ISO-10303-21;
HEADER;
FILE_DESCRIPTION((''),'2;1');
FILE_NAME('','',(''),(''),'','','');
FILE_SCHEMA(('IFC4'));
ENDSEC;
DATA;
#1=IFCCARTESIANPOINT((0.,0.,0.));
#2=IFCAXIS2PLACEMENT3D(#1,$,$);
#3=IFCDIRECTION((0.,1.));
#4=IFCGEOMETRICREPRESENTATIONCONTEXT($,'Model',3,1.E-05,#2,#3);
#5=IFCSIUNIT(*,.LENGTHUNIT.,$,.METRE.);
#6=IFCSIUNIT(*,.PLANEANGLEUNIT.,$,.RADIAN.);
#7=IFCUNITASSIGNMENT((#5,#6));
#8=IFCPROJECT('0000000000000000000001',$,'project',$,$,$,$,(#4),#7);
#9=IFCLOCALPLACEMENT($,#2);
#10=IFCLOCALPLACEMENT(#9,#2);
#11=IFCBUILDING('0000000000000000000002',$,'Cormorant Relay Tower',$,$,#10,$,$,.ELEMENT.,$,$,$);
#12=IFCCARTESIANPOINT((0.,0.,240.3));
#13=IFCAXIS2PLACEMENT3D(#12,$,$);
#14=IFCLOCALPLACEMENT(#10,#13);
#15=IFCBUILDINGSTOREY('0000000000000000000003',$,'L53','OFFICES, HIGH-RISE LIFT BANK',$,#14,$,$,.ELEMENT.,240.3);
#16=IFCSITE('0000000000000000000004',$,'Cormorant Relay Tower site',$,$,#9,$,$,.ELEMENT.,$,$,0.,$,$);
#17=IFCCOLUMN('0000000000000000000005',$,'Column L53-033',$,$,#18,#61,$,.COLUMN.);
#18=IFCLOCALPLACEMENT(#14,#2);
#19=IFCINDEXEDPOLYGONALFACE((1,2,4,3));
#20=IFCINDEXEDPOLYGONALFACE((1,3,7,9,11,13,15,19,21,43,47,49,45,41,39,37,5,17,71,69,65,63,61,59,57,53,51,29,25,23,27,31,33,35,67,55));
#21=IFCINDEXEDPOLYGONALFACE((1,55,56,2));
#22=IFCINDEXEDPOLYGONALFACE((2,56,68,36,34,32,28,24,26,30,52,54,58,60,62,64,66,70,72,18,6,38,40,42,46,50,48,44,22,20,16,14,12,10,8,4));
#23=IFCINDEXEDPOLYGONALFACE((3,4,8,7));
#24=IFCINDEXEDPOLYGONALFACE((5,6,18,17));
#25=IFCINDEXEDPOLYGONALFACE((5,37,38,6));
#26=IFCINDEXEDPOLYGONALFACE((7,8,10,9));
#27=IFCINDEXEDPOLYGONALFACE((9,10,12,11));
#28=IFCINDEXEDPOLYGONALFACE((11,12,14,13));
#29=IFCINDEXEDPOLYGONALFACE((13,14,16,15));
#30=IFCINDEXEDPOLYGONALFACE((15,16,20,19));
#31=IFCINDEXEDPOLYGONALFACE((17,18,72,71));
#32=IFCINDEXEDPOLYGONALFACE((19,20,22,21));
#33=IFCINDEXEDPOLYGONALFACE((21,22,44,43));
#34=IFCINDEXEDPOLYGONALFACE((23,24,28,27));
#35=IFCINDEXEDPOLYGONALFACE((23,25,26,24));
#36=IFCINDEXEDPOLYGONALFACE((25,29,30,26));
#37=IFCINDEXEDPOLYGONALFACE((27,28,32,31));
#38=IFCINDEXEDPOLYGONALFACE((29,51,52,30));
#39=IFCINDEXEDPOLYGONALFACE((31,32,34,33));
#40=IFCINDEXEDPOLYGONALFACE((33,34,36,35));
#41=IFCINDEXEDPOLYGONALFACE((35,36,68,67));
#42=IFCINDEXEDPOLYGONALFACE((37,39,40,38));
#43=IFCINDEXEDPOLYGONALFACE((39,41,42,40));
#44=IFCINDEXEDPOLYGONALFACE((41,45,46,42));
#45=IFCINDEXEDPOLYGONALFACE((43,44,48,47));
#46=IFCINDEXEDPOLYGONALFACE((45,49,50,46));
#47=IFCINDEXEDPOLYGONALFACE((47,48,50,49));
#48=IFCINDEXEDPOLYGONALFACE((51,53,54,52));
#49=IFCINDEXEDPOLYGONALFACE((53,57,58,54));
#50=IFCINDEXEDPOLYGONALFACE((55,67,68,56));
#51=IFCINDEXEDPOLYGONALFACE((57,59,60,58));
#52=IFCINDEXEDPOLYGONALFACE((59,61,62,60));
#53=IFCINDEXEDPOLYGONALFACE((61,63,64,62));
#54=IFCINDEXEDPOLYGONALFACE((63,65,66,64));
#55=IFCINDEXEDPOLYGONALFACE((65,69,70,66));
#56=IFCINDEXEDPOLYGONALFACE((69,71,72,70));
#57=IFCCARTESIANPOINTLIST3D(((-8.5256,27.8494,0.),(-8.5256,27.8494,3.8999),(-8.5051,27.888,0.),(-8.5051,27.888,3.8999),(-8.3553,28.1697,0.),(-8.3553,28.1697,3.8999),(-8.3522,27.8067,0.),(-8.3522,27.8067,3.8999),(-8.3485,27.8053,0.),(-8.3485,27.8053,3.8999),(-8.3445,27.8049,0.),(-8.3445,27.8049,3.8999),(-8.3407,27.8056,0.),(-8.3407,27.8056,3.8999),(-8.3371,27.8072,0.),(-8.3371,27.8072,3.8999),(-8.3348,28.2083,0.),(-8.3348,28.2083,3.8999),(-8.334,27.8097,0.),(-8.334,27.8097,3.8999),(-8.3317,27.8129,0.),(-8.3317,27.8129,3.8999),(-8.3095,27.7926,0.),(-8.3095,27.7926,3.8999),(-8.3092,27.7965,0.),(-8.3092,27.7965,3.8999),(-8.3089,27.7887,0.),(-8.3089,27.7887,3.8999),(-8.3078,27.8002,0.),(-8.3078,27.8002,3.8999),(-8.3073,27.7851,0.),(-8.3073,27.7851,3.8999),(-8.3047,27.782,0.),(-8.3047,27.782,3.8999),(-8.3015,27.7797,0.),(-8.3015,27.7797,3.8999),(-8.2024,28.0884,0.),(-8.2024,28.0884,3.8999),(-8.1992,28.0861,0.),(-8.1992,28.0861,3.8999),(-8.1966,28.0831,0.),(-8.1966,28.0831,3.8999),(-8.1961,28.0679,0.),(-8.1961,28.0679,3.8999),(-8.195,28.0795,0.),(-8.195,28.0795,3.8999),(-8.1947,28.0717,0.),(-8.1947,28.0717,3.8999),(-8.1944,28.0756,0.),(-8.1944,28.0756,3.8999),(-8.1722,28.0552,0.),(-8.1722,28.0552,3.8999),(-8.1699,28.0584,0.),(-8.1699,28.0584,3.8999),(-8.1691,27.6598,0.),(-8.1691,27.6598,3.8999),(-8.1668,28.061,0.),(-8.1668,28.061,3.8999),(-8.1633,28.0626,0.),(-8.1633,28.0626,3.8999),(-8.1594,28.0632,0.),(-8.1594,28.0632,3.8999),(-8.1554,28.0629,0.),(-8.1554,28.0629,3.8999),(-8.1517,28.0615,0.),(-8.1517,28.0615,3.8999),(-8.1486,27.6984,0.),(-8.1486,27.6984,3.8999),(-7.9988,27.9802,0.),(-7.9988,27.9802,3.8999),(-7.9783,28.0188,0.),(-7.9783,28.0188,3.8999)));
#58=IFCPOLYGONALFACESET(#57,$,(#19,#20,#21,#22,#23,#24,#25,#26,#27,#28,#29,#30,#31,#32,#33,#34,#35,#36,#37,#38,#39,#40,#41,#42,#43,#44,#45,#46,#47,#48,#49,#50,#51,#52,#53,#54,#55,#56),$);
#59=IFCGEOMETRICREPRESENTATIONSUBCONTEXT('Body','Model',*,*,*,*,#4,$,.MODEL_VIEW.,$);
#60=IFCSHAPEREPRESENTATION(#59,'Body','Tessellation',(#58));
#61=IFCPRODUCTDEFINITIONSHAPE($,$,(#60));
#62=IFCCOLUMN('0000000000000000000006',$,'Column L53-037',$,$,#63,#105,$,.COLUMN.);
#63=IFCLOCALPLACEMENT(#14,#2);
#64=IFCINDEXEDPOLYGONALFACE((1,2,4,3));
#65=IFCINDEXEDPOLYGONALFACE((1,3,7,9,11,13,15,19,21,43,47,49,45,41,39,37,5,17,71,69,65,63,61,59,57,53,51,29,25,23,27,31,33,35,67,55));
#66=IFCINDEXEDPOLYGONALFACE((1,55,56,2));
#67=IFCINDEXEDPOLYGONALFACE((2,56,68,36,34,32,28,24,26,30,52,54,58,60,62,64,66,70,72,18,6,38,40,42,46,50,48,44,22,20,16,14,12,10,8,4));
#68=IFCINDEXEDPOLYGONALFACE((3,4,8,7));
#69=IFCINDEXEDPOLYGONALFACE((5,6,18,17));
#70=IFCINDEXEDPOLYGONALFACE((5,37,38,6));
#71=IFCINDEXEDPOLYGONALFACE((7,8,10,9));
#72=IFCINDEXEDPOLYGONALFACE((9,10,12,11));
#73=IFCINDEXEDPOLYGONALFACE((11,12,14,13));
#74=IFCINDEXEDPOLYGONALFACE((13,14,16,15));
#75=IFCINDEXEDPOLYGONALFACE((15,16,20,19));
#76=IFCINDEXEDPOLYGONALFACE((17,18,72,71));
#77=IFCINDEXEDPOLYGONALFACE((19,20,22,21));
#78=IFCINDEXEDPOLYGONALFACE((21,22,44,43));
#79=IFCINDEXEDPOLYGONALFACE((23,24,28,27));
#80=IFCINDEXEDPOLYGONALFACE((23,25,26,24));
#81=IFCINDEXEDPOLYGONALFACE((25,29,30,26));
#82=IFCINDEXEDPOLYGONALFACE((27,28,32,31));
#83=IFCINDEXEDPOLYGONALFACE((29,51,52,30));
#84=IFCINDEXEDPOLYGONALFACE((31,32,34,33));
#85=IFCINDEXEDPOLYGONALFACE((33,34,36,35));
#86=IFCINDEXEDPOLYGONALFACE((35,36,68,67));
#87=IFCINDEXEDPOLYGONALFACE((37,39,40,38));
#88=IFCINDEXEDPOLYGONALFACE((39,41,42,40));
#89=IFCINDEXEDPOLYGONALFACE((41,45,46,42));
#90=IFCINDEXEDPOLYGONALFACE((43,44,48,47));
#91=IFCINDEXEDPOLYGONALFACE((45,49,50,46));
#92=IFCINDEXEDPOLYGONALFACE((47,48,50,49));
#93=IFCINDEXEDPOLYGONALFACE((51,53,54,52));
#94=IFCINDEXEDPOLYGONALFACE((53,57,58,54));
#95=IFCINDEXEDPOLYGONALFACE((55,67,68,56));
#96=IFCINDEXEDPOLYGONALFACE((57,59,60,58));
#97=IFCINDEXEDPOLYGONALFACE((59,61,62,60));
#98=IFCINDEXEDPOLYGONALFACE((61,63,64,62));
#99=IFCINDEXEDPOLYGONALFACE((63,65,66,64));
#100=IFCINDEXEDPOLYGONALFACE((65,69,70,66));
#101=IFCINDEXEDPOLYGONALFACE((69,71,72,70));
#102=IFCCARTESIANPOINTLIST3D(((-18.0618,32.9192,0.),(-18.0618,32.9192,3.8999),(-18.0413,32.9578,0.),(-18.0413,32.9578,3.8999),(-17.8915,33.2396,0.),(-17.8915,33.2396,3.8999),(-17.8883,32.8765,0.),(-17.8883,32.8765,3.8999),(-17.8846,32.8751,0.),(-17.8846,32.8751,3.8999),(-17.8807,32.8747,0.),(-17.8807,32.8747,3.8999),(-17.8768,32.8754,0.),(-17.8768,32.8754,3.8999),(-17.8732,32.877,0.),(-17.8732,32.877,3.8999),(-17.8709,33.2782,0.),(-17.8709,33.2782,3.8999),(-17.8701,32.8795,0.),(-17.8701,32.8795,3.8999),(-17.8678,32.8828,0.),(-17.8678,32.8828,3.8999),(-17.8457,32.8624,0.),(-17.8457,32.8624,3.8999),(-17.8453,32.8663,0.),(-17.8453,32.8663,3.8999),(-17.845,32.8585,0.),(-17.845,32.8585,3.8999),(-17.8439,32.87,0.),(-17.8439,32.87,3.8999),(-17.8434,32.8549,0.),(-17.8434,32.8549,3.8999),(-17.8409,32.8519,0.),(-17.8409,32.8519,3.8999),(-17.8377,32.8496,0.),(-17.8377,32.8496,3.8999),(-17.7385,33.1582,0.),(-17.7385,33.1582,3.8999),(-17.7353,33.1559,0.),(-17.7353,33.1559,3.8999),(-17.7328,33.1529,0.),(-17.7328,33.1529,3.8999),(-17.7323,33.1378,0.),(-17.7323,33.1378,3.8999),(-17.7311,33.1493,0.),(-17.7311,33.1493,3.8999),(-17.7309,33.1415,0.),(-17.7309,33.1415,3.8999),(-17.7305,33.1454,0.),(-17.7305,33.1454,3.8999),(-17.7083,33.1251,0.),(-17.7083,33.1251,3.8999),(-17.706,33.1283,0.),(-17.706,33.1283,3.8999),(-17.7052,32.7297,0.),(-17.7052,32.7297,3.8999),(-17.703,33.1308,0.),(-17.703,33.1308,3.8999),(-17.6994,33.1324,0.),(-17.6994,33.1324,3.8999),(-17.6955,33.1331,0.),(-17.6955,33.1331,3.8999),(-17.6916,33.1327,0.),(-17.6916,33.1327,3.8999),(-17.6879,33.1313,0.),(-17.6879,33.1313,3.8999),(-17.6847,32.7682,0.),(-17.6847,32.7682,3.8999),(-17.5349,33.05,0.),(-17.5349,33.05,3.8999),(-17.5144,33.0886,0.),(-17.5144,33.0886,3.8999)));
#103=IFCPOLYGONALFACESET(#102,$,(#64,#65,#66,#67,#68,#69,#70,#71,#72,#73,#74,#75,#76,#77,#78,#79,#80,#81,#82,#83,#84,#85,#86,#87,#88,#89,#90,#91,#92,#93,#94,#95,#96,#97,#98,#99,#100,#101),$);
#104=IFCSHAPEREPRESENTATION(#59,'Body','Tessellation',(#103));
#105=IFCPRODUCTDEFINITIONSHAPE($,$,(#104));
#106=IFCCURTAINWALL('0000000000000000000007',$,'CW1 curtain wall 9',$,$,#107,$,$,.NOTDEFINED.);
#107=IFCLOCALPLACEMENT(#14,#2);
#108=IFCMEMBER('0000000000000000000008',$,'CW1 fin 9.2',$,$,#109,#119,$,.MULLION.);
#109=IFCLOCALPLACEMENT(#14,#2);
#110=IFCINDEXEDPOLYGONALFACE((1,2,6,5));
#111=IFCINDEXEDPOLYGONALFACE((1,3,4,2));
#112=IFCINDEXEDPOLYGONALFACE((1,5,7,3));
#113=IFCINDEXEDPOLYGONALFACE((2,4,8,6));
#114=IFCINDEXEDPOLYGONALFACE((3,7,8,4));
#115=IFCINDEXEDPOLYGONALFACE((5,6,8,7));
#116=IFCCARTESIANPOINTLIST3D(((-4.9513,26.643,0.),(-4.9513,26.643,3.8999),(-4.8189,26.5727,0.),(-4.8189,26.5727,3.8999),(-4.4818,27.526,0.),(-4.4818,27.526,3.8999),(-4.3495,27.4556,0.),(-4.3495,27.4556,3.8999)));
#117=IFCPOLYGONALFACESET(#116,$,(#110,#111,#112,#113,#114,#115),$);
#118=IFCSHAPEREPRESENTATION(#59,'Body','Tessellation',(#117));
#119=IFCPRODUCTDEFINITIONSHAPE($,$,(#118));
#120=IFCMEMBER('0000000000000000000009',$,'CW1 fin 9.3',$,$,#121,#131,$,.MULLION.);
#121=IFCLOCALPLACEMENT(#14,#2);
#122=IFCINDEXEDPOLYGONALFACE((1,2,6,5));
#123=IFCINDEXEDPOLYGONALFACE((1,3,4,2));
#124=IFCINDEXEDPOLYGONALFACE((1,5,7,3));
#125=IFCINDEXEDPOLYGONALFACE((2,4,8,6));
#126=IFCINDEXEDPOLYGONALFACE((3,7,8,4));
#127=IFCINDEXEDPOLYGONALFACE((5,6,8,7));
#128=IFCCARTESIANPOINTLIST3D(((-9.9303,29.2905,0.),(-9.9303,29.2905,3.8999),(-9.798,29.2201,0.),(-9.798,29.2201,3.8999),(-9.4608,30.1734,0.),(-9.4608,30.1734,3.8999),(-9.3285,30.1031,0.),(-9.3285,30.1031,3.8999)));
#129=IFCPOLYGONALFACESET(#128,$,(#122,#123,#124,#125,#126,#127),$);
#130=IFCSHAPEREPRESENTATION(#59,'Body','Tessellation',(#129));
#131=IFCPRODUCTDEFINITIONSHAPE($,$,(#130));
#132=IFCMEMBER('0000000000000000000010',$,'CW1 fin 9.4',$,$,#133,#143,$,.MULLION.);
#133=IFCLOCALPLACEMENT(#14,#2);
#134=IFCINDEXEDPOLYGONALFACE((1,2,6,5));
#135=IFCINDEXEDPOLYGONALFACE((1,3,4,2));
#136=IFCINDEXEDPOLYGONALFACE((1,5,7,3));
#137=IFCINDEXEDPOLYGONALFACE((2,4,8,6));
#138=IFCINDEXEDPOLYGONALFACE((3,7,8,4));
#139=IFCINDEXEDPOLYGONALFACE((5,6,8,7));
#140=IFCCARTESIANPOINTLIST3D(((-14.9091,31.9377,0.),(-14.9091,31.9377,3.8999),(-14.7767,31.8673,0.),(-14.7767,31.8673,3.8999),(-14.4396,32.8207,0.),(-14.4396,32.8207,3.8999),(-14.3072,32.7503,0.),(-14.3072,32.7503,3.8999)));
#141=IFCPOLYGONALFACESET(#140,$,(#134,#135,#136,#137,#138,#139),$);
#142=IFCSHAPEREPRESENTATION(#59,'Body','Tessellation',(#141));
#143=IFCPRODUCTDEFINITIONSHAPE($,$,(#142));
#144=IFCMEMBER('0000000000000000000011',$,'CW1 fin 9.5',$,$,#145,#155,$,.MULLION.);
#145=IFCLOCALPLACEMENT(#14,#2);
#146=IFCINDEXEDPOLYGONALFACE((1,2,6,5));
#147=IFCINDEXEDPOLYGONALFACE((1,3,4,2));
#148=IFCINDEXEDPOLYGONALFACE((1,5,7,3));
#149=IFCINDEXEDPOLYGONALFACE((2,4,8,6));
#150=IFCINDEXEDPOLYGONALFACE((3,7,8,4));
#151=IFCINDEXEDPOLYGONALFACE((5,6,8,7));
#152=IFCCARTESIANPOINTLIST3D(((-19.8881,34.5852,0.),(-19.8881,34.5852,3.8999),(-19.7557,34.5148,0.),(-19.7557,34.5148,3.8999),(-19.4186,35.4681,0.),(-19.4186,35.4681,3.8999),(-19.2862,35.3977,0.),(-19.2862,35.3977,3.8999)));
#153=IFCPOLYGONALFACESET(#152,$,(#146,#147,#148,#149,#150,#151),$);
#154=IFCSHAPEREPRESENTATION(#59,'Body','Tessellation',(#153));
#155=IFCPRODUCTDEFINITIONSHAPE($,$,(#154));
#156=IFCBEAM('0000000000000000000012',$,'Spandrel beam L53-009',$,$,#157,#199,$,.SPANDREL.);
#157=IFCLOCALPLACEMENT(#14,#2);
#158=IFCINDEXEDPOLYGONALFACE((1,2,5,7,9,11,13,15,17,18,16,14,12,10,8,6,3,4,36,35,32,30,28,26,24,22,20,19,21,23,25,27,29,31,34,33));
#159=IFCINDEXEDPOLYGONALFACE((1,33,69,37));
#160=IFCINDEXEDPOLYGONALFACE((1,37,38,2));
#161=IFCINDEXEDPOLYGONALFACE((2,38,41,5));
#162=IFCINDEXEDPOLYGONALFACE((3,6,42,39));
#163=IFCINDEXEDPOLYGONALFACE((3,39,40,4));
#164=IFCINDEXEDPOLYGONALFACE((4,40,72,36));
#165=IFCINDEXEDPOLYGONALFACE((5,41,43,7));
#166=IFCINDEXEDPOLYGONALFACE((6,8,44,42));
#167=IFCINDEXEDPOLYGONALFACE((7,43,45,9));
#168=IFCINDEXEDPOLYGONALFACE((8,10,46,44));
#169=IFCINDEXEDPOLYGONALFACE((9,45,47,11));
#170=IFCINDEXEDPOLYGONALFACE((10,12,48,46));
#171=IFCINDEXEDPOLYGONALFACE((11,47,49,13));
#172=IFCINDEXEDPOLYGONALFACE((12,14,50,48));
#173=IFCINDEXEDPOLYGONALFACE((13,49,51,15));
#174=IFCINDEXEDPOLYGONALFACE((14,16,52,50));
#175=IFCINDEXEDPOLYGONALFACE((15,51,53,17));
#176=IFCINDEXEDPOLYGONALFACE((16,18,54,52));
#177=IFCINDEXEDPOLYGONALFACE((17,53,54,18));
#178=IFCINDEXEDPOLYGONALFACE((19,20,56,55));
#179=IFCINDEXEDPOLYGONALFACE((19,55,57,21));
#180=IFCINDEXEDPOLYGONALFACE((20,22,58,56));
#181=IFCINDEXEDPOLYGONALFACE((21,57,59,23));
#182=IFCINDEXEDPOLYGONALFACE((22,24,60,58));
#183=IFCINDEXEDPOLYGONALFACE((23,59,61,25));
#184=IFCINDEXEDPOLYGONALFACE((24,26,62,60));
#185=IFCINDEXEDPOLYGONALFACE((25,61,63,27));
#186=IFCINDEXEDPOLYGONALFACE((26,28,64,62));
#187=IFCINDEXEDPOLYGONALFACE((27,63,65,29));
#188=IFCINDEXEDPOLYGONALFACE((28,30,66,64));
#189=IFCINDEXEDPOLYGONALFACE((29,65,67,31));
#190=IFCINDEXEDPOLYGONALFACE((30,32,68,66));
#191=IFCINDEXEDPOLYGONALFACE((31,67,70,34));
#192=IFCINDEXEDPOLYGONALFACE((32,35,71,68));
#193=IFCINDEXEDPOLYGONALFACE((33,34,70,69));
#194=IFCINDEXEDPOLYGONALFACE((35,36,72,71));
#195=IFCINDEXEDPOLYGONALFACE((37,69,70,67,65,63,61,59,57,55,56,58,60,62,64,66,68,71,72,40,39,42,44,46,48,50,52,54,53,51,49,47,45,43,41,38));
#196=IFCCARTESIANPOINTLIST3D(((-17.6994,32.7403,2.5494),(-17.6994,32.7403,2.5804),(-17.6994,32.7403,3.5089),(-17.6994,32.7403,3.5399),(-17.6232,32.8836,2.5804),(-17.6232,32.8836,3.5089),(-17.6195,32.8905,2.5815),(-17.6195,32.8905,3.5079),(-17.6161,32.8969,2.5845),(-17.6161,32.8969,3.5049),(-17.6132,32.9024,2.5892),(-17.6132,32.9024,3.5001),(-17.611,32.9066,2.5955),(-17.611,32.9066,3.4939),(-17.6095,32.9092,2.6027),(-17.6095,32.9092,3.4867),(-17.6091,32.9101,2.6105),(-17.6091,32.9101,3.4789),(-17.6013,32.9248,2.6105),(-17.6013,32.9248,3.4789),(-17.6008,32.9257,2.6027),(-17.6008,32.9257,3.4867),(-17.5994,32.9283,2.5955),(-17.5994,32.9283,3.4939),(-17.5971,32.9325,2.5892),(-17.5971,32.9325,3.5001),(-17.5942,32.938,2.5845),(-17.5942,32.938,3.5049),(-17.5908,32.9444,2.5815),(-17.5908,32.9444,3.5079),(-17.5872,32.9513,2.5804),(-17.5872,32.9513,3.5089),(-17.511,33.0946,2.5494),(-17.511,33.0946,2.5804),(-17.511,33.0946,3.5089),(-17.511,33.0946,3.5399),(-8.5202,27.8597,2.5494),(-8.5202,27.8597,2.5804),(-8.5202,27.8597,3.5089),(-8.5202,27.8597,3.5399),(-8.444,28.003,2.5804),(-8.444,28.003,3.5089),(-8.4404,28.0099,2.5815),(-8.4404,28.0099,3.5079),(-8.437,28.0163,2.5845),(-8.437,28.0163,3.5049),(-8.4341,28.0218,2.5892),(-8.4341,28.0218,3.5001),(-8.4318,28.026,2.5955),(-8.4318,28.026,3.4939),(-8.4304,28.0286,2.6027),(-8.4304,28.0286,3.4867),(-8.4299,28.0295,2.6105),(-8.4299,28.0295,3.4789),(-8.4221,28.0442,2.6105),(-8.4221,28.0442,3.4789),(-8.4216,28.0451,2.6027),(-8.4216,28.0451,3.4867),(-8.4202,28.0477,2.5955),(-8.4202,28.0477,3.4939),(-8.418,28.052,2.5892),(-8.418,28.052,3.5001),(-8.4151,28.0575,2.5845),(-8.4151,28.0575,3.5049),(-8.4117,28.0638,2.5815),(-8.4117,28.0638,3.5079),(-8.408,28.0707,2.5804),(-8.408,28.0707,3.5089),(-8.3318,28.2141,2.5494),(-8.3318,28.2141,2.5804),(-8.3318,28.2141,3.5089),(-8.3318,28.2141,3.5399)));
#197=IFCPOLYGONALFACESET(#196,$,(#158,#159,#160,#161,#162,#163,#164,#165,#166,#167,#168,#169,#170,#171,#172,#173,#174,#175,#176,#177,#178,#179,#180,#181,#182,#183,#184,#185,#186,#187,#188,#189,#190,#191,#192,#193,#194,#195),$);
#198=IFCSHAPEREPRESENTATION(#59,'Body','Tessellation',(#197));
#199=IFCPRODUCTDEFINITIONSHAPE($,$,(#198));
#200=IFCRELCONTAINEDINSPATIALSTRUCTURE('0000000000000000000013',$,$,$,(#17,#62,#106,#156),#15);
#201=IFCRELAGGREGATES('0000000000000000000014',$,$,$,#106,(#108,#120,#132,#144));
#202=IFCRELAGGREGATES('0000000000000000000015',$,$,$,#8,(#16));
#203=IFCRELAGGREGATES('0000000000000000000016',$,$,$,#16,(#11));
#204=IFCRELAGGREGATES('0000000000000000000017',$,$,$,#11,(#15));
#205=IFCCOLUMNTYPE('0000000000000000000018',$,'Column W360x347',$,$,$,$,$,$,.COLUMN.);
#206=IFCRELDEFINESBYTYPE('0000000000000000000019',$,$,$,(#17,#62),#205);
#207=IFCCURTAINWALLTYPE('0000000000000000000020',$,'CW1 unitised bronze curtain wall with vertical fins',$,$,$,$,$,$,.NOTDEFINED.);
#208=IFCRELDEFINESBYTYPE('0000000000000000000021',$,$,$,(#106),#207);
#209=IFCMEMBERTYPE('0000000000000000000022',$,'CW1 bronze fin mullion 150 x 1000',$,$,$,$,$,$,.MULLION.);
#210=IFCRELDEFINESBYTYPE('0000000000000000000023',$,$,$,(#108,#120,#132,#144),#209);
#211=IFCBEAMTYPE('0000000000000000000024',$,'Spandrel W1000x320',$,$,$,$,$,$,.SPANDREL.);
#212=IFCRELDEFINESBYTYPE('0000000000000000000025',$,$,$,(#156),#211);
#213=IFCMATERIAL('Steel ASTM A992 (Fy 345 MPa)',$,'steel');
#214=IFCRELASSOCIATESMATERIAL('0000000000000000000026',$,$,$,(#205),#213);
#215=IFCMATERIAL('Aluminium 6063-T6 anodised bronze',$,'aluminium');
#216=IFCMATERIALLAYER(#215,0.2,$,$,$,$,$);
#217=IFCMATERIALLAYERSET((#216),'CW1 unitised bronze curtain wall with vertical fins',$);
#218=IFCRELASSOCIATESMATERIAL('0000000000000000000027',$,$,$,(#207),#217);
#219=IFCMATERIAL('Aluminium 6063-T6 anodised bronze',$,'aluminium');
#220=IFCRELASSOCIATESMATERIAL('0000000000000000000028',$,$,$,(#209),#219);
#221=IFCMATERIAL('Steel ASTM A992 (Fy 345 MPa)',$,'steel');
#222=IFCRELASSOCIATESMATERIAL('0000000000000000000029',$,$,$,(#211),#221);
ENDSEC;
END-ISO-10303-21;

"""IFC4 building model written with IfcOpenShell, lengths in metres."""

from ifc_helpers import new_model, si_unit, direction, frame, origin, origin_2d, place, context, subcontext, project, spatial, rectangle, i_section, extrude, material, layer, layer_set, material_profile, profile_set, type_object, element, aggregate, save


model = new_model("IFC4")

# Units and contexts
model_context = context("Model", 3, precision=1e-05, world=origin(), true_north=direction((0.0, 1.0)))
body_context = subcontext(model_context, "Body", "Model", "MODEL_VIEW")
ifc_project = project(units=[si_unit("LENGTHUNIT", "METRE"), si_unit("PLANEANGLEUNIT", "RADIAN")], contexts=[model_context])

# Site, building, storey
site_placement = place(None, origin())
site = spatial("IfcSite", under=ifc_project, at=site_placement, Name="Cormorant Relay Tower site", CompositionType="ELEMENT", RefElevation=0.0)
building_placement = place(site_placement, origin())
building = spatial("IfcBuilding", under=site, at=building_placement, Name="Cormorant Relay Tower", CompositionType="ELEMENT")
storey_placement = place(building_placement, frame((0.0, 0.0, 240.3)))
storey = spatial("IfcBuildingStorey", under=building, at=storey_placement, Name="L53", Description="OFFICES, HIGH-RISE LIFT BANK", CompositionType="ELEMENT", Elevation=240.3)

# Columns
ifc_material_1 = material(Name="Steel ASTM A992 (Fy 345 MPa)", Category="steel")
ifc_material_profile_1 = material_profile(ifc_material_1, i_section(OverallWidth=0.4038, OverallDepth=0.4065, WebThickness=0.0271, FlangeThickness=0.0437, FilletRadius=0.0151, at=origin_2d()), Name="W360x347")
ifc_profile_set_1 = profile_set([ifc_material_profile_1], Name="Steel ASTM A992 (Fy 345 MPa)")
column_type = type_object("IfcColumnType", Name="Column W360x347", PredefinedType="COLUMN", material=ifc_profile_set_1)
for number, where, z_axis, x_axis, name in (
    (1, (-8.252, 27.9341, 0.0), (0.0, 0.0, 1.0), (-0.882948, 0.469472, 0.0), "Column L53-033"),
    (2, (-17.7881, 33.0039, 0.0), (0.0, 0.0, 1.0), (-0.882948, 0.469472, 0.0), "Column L53-037"),
):
    element("IfcColumn", number, at=place(storey_placement, frame(where, z_axis=z_axis, x_axis=x_axis)), inside=storey, type_object=column_type, Name=name, PredefinedType="COLUMN", context=body_context, shape_type="SweptSolid", body=[
        extrude(i_section(OverallWidth=0.4038, OverallDepth=0.4065, WebThickness=0.0271, FlangeThickness=0.0437, FilletRadius=0.0151, at=origin_2d()), origin(), (0.0, 0.0, 1.0), 3.8999),
    ])

# Curtain wall, members
ifc_material_2 = material(Name="Aluminium 6063-T6 anodised bronze", Category="aluminium")
ifc_layer_1 = layer(ifc_material_2, 0.2)
ifc_layer_set_1 = layer_set([ifc_layer_1], Name="CW1 unitised bronze curtain wall with vertical fins")
curtain_wall_type = type_object("IfcCurtainWallType", Name="CW1 unitised bronze curtain wall with vertical fins", PredefinedType="NOTDEFINED", material=ifc_layer_set_1)
curtain_wall_placement = place(storey_placement, origin())
curtain_wall = element("IfcCurtainWall", 3, at=curtain_wall_placement, inside=storey, type_object=curtain_wall_type, Name="CW1 curtain wall 9", PredefinedType="NOTDEFINED")
ifc_material_3 = material(Name="Aluminium 6063-T6 anodised bronze", Category="aluminium")
ifc_material_profile_2 = material_profile(ifc_material_3, rectangle(XDim=0.1499, YDim=1.0, at=origin_2d()), Name="AL 150x1000")
ifc_profile_set_2 = profile_set([ifc_material_profile_2], Name="Aluminium 6063-T6 anodised bronze")
member_type = type_object("IfcMemberType", Name="CW1 bronze fin mullion 150 x 1000", PredefinedType="MULLION", material=ifc_profile_set_2)
member_1_placement = place(storey_placement, frame((-4.6504, 27.0493, 0.0), z_axis=(0.0, 0.0, 1.0), x_axis=(-0.882948, 0.469472, 0.0)))
member_1 = element("IfcMember", 4, at=member_1_placement, type_object=member_type, Name="CW1 fin 9.2", PredefinedType="MULLION", context=body_context, shape_type="SweptSolid", body=[
    extrude(rectangle(XDim=0.1499, YDim=1.0, at=origin_2d()), origin(), (0.0, 0.0, 1.0), 3.8999),
])
member_2_placement = place(storey_placement, frame((-9.6294, 29.6968, 0.0), z_axis=(0.0, 0.0, 1.0), x_axis=(-0.882948, 0.469472, 0.0)))
member_2 = element("IfcMember", 5, at=member_2_placement, type_object=member_type, Name="CW1 fin 9.3", PredefinedType="MULLION", context=body_context, shape_type="SweptSolid", body=[
    extrude(rectangle(XDim=0.1499, YDim=1.0, at=origin_2d()), origin(), (0.0, 0.0, 1.0), 3.8999),
])
member_3_placement = place(storey_placement, frame((-14.6082, 32.344, 0.0), z_axis=(0.0, 0.0, 1.0), x_axis=(-0.882948, 0.469472, 0.0)))
member_3 = element("IfcMember", 6, at=member_3_placement, type_object=member_type, Name="CW1 fin 9.4", PredefinedType="MULLION", context=body_context, shape_type="SweptSolid", body=[
    extrude(rectangle(XDim=0.1499, YDim=1.0, at=origin_2d()), origin(), (0.0, 0.0, 1.0), 3.8999),
])
member_4_placement = place(storey_placement, frame((-19.5872, 34.9915, 0.0), z_axis=(0.0, 0.0, 1.0), x_axis=(-0.882948, 0.469472, 0.0)))
member_4 = element("IfcMember", 7, at=member_4_placement, type_object=member_type, Name="CW1 fin 9.5", PredefinedType="MULLION", context=body_context, shape_type="SweptSolid", body=[
    extrude(rectangle(XDim=0.1499, YDim=1.0, at=origin_2d()), origin(), (0.0, 0.0, 1.0), 3.8999),
])

# Beam
ifc_material_4 = material(Name="Steel ASTM A992 (Fy 345 MPa)", Category="steel")
ifc_material_profile_3 = material_profile(ifc_material_4, i_section(OverallWidth=0.4014, OverallDepth=0.9905, WebThickness=0.0166, FlangeThickness=0.031, FilletRadius=0.03, at=origin_2d()), Name="W1000x320")
ifc_profile_set_3 = profile_set([ifc_material_profile_3], Name="Steel ASTM A992 (Fy 345 MPa)")
beam_type_1 = type_object("IfcBeamType", Name="Spandrel W1000x320", PredefinedType="SPANDREL", material=ifc_profile_set_3)
beam_1_placement = place(storey_placement, frame((-8.426, 28.0369, 3.0447), z_axis=(-0.88295, 0.469468, 0.0), x_axis=(-0.469468, -0.88295, 0.0)))
element("IfcBeam", 8, at=beam_1_placement, inside=storey, type_object=beam_type_1, Name="Spandrel beam L53-009", PredefinedType="SPANDREL", context=body_context, shape_type="SweptSolid", body=[
    extrude(i_section(OverallWidth=0.4014, OverallDepth=0.9905, WebThickness=0.0166, FlangeThickness=0.031, FilletRadius=0.03, at=origin_2d()), origin(), (0.0, 0.0, 1.0), 10.396),
])

aggregate(curtain_wall, [member_1, member_2, member_3, member_4])

save(model, "model.ifc")
